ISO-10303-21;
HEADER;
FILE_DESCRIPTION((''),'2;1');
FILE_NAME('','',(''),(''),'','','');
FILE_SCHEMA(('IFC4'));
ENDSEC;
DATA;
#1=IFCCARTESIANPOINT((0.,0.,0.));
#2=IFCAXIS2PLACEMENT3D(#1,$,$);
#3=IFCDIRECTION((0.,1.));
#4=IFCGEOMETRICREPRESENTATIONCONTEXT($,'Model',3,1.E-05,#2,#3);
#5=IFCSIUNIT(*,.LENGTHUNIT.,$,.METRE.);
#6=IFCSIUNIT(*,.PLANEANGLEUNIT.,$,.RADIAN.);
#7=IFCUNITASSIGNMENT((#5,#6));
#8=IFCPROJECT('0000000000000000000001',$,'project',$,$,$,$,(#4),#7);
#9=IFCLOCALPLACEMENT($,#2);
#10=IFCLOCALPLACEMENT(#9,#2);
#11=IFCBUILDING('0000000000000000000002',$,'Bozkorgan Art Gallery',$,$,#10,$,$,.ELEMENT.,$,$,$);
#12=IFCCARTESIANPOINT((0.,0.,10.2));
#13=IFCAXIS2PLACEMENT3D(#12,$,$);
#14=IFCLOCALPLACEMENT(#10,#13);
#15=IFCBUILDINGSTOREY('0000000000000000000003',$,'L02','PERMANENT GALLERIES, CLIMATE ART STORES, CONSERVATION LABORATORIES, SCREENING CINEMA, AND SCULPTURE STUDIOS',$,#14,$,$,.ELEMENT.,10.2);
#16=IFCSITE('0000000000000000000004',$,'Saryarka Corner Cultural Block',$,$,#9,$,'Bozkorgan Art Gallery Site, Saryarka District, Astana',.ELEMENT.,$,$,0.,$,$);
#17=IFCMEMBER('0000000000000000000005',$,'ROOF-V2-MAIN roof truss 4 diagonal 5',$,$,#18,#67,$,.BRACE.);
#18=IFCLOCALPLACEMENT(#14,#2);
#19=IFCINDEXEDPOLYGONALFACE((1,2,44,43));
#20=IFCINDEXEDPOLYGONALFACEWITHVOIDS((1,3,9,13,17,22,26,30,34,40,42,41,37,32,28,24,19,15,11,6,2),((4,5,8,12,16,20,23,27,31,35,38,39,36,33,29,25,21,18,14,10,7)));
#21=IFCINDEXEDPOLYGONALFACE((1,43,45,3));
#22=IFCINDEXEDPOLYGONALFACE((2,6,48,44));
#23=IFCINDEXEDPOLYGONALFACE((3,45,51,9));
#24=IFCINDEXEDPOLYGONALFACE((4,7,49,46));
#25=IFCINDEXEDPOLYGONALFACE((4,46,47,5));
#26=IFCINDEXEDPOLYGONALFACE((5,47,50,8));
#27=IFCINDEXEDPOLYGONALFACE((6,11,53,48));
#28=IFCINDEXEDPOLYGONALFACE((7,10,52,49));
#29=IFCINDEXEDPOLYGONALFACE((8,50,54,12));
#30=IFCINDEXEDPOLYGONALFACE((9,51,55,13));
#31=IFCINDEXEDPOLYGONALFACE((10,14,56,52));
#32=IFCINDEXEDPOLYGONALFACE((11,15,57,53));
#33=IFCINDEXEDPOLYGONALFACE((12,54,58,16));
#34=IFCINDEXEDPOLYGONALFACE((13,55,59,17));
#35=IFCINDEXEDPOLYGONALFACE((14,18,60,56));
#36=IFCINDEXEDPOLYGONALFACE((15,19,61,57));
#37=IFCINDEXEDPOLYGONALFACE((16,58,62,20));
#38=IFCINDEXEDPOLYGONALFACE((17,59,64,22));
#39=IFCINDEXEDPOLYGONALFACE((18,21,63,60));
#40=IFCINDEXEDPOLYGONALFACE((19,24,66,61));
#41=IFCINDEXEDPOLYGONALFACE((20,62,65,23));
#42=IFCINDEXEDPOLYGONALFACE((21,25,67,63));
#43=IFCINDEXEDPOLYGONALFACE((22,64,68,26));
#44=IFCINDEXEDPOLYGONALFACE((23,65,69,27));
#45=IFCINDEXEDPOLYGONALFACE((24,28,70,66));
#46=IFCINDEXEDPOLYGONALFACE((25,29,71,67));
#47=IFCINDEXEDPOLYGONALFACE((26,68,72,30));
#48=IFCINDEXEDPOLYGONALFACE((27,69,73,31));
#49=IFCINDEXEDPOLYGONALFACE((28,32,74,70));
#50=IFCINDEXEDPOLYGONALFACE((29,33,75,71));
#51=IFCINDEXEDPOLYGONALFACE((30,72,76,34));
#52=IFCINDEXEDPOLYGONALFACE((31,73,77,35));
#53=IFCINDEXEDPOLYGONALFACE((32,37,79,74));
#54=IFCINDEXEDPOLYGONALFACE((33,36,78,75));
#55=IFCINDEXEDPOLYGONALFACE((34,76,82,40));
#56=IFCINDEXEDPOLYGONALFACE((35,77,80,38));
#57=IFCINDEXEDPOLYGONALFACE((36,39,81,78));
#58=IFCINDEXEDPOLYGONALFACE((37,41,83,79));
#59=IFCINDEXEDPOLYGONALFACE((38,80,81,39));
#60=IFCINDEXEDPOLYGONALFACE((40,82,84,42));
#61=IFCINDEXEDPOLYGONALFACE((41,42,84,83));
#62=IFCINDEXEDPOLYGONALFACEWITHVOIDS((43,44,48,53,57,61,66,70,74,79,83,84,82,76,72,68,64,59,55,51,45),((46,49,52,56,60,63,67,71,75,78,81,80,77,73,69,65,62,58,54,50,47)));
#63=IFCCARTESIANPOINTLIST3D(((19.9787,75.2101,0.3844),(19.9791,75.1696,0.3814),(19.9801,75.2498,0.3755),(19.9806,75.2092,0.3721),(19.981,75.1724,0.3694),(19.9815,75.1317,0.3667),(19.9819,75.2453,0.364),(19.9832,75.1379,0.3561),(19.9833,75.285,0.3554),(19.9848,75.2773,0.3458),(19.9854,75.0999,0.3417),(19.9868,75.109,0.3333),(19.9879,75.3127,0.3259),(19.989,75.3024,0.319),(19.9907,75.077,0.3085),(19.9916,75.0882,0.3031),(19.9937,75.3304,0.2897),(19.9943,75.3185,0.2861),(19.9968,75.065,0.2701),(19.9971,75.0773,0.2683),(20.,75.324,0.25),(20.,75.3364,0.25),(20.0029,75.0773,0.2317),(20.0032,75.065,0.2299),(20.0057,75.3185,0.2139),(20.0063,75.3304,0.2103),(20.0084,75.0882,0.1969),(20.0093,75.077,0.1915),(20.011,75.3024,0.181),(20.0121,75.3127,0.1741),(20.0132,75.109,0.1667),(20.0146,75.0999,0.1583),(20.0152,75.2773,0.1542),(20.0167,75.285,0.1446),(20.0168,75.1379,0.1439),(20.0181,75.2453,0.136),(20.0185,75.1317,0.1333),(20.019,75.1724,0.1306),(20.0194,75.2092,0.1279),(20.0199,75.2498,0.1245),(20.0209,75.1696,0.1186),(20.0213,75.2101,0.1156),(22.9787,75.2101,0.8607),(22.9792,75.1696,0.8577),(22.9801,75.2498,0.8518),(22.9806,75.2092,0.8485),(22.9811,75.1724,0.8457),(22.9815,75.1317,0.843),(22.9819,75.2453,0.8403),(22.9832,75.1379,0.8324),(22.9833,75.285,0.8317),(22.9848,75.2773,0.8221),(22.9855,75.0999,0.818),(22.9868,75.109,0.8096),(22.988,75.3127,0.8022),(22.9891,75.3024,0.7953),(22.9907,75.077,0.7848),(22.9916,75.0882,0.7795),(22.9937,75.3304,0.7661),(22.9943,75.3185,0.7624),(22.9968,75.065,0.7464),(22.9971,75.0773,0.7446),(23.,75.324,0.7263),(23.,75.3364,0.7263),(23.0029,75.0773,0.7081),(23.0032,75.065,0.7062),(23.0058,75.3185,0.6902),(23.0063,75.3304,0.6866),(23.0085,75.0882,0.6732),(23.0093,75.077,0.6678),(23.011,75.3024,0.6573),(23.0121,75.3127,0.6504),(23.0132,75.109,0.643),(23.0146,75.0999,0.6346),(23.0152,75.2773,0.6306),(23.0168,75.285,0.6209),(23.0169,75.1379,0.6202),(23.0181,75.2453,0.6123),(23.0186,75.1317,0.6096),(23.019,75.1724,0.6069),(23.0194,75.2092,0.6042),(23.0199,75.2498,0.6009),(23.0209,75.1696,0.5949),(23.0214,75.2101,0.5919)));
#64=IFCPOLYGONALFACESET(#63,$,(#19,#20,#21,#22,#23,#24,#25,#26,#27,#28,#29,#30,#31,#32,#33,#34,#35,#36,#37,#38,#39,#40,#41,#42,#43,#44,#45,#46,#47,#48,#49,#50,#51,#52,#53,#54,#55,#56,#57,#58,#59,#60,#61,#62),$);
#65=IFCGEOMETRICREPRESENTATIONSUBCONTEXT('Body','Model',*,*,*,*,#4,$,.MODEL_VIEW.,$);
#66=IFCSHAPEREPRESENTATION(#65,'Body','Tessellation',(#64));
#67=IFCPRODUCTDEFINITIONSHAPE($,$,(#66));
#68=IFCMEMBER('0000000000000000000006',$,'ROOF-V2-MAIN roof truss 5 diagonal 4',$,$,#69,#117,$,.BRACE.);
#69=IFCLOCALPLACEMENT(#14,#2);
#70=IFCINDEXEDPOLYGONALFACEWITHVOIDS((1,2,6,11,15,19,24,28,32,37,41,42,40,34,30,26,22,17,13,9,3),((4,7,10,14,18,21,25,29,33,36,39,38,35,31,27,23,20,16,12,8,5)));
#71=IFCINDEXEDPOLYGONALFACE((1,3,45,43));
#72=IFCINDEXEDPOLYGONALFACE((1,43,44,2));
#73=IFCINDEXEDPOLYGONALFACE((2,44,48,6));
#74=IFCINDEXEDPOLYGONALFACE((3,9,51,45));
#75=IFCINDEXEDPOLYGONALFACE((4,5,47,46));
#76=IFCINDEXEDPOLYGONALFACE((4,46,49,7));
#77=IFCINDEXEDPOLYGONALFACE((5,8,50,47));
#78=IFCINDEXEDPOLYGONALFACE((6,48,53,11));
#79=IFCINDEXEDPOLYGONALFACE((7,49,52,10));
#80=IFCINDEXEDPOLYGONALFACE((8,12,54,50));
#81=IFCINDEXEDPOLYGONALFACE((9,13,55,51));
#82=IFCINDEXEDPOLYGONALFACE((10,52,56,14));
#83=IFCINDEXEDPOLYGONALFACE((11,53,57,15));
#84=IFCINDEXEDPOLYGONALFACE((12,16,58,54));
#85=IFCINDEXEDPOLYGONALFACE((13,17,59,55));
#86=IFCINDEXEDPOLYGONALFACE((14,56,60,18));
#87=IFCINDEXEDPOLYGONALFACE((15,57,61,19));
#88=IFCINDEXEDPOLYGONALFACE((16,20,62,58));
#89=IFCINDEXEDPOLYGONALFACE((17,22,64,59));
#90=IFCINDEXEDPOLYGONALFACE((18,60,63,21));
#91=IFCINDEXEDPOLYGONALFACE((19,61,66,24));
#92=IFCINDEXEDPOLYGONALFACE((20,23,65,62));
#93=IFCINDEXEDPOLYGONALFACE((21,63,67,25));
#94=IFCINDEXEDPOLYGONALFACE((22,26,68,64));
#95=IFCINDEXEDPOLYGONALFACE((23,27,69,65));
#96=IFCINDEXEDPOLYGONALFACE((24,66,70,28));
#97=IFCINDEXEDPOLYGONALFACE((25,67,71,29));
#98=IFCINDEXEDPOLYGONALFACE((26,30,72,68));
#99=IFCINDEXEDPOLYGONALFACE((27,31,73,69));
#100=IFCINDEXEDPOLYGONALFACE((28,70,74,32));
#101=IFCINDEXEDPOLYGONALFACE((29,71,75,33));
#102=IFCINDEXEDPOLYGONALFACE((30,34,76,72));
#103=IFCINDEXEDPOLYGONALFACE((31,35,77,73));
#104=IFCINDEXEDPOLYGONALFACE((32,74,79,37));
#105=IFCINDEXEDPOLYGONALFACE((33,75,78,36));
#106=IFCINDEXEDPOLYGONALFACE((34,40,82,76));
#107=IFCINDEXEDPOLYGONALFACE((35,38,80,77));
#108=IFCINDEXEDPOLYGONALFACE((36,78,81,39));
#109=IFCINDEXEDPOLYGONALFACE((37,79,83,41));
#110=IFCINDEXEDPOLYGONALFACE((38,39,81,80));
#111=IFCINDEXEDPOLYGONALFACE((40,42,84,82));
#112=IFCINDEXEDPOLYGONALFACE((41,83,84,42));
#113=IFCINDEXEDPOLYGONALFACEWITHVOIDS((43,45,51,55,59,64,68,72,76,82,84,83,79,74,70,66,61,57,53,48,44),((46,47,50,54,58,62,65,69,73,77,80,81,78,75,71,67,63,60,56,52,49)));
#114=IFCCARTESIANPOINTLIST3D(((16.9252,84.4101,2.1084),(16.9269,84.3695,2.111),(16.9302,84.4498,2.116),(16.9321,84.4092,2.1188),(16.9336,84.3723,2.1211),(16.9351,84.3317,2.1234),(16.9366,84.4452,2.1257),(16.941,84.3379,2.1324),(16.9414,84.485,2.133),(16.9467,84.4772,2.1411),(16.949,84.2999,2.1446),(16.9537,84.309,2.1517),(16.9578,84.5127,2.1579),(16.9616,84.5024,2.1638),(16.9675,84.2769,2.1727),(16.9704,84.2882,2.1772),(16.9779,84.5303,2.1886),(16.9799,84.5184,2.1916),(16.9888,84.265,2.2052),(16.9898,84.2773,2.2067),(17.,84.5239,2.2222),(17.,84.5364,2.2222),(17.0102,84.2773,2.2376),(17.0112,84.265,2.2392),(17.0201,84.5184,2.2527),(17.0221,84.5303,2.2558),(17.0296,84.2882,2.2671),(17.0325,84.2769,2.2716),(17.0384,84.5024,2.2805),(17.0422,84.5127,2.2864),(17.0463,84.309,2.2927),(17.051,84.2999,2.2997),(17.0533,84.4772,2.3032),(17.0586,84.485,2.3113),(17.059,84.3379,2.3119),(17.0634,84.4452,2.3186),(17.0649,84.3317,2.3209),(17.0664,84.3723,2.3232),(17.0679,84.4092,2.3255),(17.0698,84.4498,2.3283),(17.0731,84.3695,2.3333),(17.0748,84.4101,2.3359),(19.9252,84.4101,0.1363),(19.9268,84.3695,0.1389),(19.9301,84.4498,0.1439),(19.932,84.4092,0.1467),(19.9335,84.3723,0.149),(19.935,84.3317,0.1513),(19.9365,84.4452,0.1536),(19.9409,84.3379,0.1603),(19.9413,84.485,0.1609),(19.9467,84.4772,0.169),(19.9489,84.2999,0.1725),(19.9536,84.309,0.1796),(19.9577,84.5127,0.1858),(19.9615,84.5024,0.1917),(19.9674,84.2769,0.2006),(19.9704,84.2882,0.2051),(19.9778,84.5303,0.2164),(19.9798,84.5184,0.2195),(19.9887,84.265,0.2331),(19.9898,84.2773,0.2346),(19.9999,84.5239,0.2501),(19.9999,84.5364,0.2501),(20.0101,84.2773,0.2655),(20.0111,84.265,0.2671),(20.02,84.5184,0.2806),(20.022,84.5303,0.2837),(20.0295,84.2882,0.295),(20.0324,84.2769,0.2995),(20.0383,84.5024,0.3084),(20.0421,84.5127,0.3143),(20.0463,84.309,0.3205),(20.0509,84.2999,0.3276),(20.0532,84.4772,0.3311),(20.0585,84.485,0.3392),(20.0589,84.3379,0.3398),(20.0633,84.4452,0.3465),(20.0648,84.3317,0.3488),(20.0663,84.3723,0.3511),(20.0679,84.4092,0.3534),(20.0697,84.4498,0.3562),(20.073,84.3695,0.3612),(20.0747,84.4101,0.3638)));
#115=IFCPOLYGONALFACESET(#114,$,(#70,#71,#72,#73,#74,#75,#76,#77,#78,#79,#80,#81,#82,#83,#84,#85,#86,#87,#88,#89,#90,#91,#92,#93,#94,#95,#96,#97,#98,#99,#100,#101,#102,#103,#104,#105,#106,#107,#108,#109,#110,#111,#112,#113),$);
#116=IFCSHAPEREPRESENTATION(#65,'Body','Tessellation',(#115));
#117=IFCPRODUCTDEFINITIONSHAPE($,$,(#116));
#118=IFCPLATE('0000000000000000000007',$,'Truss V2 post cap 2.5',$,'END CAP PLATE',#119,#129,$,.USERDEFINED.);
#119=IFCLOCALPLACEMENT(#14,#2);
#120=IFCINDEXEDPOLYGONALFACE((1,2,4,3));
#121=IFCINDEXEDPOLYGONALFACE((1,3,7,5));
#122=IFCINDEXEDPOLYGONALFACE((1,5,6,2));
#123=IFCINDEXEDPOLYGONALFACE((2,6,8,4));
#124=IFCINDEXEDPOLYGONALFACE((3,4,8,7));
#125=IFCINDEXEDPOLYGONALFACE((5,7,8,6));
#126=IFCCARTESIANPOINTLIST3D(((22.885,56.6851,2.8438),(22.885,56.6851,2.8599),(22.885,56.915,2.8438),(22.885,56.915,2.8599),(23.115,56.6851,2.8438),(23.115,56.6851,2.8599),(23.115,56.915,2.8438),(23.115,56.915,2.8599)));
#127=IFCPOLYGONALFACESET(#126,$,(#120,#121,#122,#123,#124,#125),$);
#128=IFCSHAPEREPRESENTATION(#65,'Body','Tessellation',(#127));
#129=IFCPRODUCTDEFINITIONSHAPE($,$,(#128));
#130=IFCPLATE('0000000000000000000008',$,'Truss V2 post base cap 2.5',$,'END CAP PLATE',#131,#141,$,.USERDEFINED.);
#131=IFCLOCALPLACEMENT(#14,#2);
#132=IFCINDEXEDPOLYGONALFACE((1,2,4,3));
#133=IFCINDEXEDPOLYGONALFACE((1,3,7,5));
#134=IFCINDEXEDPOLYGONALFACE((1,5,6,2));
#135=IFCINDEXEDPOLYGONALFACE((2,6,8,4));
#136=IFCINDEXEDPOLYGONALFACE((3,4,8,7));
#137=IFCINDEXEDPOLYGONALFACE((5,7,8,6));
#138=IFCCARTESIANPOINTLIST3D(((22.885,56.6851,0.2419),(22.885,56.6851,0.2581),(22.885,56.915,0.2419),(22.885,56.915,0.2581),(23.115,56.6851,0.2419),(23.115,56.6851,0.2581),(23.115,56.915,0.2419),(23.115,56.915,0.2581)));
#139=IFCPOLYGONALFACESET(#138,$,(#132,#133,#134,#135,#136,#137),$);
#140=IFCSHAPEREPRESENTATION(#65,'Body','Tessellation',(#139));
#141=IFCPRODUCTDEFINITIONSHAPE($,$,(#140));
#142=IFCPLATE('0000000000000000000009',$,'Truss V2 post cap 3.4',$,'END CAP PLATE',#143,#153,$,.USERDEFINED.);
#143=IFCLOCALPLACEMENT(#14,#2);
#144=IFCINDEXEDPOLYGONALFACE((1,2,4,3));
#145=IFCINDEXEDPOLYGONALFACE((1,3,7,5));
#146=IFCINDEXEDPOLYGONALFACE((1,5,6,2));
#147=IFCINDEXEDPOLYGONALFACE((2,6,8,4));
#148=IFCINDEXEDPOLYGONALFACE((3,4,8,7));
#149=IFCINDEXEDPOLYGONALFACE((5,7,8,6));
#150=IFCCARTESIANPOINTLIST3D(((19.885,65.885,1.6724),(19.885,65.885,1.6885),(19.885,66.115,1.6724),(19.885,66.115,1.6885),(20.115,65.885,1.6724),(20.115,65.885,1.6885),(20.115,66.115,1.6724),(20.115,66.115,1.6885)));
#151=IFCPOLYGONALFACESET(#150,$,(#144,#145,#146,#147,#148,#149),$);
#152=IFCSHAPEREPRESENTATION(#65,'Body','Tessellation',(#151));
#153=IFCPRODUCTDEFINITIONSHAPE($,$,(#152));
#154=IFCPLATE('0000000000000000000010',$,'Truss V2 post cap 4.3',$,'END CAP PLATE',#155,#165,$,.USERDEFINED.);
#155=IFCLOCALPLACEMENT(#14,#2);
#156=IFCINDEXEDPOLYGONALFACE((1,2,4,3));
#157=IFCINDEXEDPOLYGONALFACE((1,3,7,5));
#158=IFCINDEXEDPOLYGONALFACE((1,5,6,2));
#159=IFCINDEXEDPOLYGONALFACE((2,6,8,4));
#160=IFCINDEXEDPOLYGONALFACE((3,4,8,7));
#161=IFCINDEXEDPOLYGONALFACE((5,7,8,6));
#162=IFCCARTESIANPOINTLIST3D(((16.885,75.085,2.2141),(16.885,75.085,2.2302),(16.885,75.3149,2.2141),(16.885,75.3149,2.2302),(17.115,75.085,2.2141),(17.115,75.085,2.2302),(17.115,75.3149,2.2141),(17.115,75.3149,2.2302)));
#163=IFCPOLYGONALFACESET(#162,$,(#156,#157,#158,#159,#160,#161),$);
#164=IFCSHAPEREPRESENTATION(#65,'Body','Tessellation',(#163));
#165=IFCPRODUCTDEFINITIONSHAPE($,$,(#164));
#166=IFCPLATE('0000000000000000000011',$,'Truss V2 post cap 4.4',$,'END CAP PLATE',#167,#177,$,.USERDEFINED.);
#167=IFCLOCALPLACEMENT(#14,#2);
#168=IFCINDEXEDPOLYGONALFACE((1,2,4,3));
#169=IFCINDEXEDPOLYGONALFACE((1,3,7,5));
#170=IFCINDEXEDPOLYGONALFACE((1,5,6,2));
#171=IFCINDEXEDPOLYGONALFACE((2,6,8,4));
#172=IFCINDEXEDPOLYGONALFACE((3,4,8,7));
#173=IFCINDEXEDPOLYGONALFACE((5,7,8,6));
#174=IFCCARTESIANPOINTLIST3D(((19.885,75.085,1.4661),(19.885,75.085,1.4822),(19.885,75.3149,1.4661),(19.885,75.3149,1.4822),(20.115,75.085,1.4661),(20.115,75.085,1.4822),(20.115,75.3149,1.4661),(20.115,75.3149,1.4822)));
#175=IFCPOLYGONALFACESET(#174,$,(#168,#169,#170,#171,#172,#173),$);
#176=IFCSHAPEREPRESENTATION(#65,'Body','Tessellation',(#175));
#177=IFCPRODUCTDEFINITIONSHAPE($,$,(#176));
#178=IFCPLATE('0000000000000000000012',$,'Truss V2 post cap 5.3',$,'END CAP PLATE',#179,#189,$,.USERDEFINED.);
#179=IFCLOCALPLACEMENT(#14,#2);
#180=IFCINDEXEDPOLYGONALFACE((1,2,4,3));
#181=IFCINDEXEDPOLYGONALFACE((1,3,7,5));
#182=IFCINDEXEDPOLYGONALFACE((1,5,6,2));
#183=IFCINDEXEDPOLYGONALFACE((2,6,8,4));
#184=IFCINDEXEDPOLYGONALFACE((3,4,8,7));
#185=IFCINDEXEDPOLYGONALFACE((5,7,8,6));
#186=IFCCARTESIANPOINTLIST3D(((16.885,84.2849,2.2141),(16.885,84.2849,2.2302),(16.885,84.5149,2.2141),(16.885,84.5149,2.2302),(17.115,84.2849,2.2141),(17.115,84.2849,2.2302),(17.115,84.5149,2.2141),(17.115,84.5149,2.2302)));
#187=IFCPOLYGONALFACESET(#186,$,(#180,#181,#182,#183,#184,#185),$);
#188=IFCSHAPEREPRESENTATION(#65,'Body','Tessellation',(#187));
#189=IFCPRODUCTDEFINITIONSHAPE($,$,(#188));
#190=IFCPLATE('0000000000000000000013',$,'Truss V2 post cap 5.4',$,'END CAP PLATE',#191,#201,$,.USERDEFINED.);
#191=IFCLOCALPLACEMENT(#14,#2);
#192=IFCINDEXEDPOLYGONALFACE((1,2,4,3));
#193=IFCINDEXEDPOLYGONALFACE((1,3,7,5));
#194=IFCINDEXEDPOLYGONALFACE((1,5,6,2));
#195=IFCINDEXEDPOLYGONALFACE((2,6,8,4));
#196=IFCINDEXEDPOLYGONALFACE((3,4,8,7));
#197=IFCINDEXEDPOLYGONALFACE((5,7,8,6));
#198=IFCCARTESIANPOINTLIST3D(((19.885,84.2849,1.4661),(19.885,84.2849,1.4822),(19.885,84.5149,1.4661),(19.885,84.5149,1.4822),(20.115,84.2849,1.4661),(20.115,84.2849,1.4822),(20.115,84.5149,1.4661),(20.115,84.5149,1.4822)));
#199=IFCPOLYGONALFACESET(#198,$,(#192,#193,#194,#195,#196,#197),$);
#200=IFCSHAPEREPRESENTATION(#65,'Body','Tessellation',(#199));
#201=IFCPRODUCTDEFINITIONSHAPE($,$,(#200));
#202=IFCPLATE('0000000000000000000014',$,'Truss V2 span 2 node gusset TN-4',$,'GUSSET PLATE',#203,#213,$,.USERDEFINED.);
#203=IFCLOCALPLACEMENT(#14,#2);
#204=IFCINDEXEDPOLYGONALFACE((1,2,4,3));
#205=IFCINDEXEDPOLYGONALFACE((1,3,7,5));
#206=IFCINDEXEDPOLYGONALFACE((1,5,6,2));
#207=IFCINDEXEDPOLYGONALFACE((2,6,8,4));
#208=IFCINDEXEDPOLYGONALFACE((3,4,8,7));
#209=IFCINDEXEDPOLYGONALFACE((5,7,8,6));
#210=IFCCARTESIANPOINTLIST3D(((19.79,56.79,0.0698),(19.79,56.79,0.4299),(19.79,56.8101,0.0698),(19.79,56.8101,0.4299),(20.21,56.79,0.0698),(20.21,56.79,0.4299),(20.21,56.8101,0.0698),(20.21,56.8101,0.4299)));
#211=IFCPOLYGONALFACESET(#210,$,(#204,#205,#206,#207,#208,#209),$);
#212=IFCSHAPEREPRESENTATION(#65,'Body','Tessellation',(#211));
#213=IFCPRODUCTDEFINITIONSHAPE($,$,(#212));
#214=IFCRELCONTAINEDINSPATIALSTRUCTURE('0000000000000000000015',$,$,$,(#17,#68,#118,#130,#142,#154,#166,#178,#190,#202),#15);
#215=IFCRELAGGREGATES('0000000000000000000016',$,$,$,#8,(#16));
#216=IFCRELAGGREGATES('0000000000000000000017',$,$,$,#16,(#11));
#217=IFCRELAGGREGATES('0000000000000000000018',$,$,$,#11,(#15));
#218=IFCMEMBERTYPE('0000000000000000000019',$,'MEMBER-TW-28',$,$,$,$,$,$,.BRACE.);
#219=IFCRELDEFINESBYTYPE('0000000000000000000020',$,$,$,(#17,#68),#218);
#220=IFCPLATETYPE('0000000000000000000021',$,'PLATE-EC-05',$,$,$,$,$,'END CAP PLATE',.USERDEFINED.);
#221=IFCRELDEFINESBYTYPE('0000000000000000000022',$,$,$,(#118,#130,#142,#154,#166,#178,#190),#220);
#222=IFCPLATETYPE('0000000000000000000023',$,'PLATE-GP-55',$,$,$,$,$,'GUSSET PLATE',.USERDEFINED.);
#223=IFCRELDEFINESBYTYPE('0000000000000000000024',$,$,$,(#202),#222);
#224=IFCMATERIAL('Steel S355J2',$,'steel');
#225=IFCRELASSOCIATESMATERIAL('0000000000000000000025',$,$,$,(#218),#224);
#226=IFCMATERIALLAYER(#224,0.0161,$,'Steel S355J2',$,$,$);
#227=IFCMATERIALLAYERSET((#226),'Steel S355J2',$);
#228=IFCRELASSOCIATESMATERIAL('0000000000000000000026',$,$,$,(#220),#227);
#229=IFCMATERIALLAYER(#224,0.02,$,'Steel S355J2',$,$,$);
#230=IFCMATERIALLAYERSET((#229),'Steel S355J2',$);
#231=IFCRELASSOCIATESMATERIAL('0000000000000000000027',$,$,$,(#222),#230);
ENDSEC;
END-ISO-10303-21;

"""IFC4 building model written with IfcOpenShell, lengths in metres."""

from ifc_helpers import new_model, si_unit, direction, frame, origin, origin_2d, place, context, subcontext, project, spatial, rectangle, hollow_circle, extrude, material, layer, layer_set, material_profile, profile_set, type_object, element, save


model = new_model("IFC4")

# Units and contexts
model_context = context("Model", 3, precision=1e-05, world=origin(), true_north=direction((0.0, 1.0)))
body_context = subcontext(model_context, "Body", "Model", "MODEL_VIEW")
ifc_project = project(units=[si_unit("LENGTHUNIT", "METRE"), si_unit("PLANEANGLEUNIT", "RADIAN")], contexts=[model_context])

# Site, building, storey
site_placement = place(None, origin())
site = spatial("IfcSite", under=ifc_project, at=site_placement, Name="Saryarka Corner Cultural Block", LongName="Bozkorgan Art Gallery Site, Saryarka District, Astana", CompositionType="ELEMENT", RefElevation=0.0)
building_placement = place(site_placement, origin())
building = spatial("IfcBuilding", under=site, at=building_placement, Name="Bozkorgan Art Gallery", CompositionType="ELEMENT")
storey_placement = place(building_placement, frame((0.0, 0.0, 10.2)))
storey = spatial("IfcBuildingStorey", under=building, at=storey_placement, Name="L02", Description="PERMANENT GALLERIES, CLIMATE ART STORES, CONSERVATION LABORATORIES, SCREENING CINEMA, AND SCULPTURE STUDIOS", CompositionType="ELEMENT", Elevation=10.2)

# Members
ifc_material = material(Name="Steel S355J2", Category="steel")
ifc_material_profile_1 = material_profile(ifc_material, hollow_circle(Radius=0.1365, WallThickness=0.0125, at=origin_2d()), Name="CHS 273x12.5")
ifc_profile_set_1 = profile_set([ifc_material_profile_1], Name="Steel S355J2")
member_type_1 = type_object("IfcMemberType", Name="MEMBER-TW-28", PredefinedType="BRACE", material=ifc_profile_set_1)
member_1_placement = place(storey_placement, frame((20.0, 75.2, 0.25), z_axis=(0.987629, 0.0, 0.156809), x_axis=(0.0, 1.0, 0.0)))
element("IfcMember", 1, at=member_1_placement, inside=storey, type_object=member_type_1, Name="ROOF-V2-MAIN roof truss 4 diagonal 5", PredefinedType="BRACE", context=body_context, shape_type="SweptSolid", body=[
    extrude(hollow_circle(Radius=0.1365, WallThickness=0.0125, at=origin_2d()), origin(), (0.0, 0.0, 1.0), 3.0376),
])
member_2_placement = place(storey_placement, frame((17.0, 84.3999, 2.2222), z_axis=(0.835611, 0.0, -0.549322), x_axis=(0.0, 1.0, 0.0)))
element("IfcMember", 2, at=member_2_placement, inside=storey, type_object=member_type_1, Name="ROOF-V2-MAIN roof truss 5 diagonal 4", PredefinedType="BRACE", context=body_context, shape_type="SweptSolid", body=[
    extrude(hollow_circle(Radius=0.1365, WallThickness=0.0125, at=origin_2d()), origin(), (0.0, 0.0, 1.0), 3.5901),
])

# Plates
ifc_layer_1 = layer(ifc_material, 0.0161, Name="Steel S355J2")
ifc_layer_set_1 = layer_set([ifc_layer_1], Name="Steel S355J2")
plate_type_1 = type_object("IfcPlateType", Name="PLATE-EC-05", ElementType="END CAP PLATE", PredefinedType="USERDEFINED", material=ifc_layer_set_1)
for number, where, z_axis, x_axis, name in (
    (3, (23.0, 56.8, 2.8438), (0.0, 0.0, 1.0), (1.0, 0.0, 0.0), "Truss V2 post cap 2.5"),
    (4, (23.0, 56.8, 0.2419), (0.0, 0.0, 1.0), (1.0, 0.0, 0.0), "Truss V2 post base cap 2.5"),
    (5, (20.0, 66.0, 1.6724), (0.0, 0.0, 1.0), (1.0, 0.0, 0.0), "Truss V2 post cap 3.4"),
    (6, (17.0, 75.2, 2.2141), (0.0, 0.0, 1.0), (1.0, 0.0, 0.0), "Truss V2 post cap 4.3"),
    (7, (20.0, 75.2, 1.4661), (0.0, 0.0, 1.0), (1.0, 0.0, 0.0), "Truss V2 post cap 4.4"),
    (8, (17.0, 84.3999, 2.2141), (0.0, 0.0, 1.0), (1.0, 0.0, 0.0), "Truss V2 post cap 5.3"),
    (9, (20.0, 84.3999, 1.4661), (0.0, 0.0, 1.0), (1.0, 0.0, 0.0), "Truss V2 post cap 5.4"),
):
    element("IfcPlate", number, at=place(storey_placement, frame(where, z_axis=z_axis, x_axis=x_axis)), inside=storey, type_object=plate_type_1, Name=name, ObjectType="END CAP PLATE", PredefinedType="USERDEFINED", context=body_context, shape_type="SweptSolid", body=[
        extrude(rectangle(XDim=0.23, YDim=0.23, at=origin_2d()), origin(), (0.0, 0.0, 1.0), 0.0161),
    ])
ifc_layer_2 = layer(ifc_material, 0.02, Name="Steel S355J2")
ifc_layer_set_2 = layer_set([ifc_layer_2], Name="Steel S355J2")
plate_type_2 = type_object("IfcPlateType", Name="PLATE-GP-55", ElementType="GUSSET PLATE", PredefinedType="USERDEFINED", material=ifc_layer_set_2)
for number, where, z_axis, x_axis, name in (
    (10, (20.0, 56.8, 0.0698), (0.0, 0.0, 1.0), (1.0, 0.0, 0.0), "Truss V2 span 2 node gusset TN-4"),
):
    element("IfcPlate", number, at=place(storey_placement, frame(where, z_axis=z_axis, x_axis=x_axis)), inside=storey, type_object=plate_type_2, Name=name, ObjectType="GUSSET PLATE", PredefinedType="USERDEFINED", context=body_context, shape_type="SweptSolid", body=[
        extrude(rectangle(XDim=0.4199, YDim=0.02, at=origin_2d()), origin(), (0.0, 0.0, 1.0), 0.3601),
    ])

save(model, "model.ifc")
